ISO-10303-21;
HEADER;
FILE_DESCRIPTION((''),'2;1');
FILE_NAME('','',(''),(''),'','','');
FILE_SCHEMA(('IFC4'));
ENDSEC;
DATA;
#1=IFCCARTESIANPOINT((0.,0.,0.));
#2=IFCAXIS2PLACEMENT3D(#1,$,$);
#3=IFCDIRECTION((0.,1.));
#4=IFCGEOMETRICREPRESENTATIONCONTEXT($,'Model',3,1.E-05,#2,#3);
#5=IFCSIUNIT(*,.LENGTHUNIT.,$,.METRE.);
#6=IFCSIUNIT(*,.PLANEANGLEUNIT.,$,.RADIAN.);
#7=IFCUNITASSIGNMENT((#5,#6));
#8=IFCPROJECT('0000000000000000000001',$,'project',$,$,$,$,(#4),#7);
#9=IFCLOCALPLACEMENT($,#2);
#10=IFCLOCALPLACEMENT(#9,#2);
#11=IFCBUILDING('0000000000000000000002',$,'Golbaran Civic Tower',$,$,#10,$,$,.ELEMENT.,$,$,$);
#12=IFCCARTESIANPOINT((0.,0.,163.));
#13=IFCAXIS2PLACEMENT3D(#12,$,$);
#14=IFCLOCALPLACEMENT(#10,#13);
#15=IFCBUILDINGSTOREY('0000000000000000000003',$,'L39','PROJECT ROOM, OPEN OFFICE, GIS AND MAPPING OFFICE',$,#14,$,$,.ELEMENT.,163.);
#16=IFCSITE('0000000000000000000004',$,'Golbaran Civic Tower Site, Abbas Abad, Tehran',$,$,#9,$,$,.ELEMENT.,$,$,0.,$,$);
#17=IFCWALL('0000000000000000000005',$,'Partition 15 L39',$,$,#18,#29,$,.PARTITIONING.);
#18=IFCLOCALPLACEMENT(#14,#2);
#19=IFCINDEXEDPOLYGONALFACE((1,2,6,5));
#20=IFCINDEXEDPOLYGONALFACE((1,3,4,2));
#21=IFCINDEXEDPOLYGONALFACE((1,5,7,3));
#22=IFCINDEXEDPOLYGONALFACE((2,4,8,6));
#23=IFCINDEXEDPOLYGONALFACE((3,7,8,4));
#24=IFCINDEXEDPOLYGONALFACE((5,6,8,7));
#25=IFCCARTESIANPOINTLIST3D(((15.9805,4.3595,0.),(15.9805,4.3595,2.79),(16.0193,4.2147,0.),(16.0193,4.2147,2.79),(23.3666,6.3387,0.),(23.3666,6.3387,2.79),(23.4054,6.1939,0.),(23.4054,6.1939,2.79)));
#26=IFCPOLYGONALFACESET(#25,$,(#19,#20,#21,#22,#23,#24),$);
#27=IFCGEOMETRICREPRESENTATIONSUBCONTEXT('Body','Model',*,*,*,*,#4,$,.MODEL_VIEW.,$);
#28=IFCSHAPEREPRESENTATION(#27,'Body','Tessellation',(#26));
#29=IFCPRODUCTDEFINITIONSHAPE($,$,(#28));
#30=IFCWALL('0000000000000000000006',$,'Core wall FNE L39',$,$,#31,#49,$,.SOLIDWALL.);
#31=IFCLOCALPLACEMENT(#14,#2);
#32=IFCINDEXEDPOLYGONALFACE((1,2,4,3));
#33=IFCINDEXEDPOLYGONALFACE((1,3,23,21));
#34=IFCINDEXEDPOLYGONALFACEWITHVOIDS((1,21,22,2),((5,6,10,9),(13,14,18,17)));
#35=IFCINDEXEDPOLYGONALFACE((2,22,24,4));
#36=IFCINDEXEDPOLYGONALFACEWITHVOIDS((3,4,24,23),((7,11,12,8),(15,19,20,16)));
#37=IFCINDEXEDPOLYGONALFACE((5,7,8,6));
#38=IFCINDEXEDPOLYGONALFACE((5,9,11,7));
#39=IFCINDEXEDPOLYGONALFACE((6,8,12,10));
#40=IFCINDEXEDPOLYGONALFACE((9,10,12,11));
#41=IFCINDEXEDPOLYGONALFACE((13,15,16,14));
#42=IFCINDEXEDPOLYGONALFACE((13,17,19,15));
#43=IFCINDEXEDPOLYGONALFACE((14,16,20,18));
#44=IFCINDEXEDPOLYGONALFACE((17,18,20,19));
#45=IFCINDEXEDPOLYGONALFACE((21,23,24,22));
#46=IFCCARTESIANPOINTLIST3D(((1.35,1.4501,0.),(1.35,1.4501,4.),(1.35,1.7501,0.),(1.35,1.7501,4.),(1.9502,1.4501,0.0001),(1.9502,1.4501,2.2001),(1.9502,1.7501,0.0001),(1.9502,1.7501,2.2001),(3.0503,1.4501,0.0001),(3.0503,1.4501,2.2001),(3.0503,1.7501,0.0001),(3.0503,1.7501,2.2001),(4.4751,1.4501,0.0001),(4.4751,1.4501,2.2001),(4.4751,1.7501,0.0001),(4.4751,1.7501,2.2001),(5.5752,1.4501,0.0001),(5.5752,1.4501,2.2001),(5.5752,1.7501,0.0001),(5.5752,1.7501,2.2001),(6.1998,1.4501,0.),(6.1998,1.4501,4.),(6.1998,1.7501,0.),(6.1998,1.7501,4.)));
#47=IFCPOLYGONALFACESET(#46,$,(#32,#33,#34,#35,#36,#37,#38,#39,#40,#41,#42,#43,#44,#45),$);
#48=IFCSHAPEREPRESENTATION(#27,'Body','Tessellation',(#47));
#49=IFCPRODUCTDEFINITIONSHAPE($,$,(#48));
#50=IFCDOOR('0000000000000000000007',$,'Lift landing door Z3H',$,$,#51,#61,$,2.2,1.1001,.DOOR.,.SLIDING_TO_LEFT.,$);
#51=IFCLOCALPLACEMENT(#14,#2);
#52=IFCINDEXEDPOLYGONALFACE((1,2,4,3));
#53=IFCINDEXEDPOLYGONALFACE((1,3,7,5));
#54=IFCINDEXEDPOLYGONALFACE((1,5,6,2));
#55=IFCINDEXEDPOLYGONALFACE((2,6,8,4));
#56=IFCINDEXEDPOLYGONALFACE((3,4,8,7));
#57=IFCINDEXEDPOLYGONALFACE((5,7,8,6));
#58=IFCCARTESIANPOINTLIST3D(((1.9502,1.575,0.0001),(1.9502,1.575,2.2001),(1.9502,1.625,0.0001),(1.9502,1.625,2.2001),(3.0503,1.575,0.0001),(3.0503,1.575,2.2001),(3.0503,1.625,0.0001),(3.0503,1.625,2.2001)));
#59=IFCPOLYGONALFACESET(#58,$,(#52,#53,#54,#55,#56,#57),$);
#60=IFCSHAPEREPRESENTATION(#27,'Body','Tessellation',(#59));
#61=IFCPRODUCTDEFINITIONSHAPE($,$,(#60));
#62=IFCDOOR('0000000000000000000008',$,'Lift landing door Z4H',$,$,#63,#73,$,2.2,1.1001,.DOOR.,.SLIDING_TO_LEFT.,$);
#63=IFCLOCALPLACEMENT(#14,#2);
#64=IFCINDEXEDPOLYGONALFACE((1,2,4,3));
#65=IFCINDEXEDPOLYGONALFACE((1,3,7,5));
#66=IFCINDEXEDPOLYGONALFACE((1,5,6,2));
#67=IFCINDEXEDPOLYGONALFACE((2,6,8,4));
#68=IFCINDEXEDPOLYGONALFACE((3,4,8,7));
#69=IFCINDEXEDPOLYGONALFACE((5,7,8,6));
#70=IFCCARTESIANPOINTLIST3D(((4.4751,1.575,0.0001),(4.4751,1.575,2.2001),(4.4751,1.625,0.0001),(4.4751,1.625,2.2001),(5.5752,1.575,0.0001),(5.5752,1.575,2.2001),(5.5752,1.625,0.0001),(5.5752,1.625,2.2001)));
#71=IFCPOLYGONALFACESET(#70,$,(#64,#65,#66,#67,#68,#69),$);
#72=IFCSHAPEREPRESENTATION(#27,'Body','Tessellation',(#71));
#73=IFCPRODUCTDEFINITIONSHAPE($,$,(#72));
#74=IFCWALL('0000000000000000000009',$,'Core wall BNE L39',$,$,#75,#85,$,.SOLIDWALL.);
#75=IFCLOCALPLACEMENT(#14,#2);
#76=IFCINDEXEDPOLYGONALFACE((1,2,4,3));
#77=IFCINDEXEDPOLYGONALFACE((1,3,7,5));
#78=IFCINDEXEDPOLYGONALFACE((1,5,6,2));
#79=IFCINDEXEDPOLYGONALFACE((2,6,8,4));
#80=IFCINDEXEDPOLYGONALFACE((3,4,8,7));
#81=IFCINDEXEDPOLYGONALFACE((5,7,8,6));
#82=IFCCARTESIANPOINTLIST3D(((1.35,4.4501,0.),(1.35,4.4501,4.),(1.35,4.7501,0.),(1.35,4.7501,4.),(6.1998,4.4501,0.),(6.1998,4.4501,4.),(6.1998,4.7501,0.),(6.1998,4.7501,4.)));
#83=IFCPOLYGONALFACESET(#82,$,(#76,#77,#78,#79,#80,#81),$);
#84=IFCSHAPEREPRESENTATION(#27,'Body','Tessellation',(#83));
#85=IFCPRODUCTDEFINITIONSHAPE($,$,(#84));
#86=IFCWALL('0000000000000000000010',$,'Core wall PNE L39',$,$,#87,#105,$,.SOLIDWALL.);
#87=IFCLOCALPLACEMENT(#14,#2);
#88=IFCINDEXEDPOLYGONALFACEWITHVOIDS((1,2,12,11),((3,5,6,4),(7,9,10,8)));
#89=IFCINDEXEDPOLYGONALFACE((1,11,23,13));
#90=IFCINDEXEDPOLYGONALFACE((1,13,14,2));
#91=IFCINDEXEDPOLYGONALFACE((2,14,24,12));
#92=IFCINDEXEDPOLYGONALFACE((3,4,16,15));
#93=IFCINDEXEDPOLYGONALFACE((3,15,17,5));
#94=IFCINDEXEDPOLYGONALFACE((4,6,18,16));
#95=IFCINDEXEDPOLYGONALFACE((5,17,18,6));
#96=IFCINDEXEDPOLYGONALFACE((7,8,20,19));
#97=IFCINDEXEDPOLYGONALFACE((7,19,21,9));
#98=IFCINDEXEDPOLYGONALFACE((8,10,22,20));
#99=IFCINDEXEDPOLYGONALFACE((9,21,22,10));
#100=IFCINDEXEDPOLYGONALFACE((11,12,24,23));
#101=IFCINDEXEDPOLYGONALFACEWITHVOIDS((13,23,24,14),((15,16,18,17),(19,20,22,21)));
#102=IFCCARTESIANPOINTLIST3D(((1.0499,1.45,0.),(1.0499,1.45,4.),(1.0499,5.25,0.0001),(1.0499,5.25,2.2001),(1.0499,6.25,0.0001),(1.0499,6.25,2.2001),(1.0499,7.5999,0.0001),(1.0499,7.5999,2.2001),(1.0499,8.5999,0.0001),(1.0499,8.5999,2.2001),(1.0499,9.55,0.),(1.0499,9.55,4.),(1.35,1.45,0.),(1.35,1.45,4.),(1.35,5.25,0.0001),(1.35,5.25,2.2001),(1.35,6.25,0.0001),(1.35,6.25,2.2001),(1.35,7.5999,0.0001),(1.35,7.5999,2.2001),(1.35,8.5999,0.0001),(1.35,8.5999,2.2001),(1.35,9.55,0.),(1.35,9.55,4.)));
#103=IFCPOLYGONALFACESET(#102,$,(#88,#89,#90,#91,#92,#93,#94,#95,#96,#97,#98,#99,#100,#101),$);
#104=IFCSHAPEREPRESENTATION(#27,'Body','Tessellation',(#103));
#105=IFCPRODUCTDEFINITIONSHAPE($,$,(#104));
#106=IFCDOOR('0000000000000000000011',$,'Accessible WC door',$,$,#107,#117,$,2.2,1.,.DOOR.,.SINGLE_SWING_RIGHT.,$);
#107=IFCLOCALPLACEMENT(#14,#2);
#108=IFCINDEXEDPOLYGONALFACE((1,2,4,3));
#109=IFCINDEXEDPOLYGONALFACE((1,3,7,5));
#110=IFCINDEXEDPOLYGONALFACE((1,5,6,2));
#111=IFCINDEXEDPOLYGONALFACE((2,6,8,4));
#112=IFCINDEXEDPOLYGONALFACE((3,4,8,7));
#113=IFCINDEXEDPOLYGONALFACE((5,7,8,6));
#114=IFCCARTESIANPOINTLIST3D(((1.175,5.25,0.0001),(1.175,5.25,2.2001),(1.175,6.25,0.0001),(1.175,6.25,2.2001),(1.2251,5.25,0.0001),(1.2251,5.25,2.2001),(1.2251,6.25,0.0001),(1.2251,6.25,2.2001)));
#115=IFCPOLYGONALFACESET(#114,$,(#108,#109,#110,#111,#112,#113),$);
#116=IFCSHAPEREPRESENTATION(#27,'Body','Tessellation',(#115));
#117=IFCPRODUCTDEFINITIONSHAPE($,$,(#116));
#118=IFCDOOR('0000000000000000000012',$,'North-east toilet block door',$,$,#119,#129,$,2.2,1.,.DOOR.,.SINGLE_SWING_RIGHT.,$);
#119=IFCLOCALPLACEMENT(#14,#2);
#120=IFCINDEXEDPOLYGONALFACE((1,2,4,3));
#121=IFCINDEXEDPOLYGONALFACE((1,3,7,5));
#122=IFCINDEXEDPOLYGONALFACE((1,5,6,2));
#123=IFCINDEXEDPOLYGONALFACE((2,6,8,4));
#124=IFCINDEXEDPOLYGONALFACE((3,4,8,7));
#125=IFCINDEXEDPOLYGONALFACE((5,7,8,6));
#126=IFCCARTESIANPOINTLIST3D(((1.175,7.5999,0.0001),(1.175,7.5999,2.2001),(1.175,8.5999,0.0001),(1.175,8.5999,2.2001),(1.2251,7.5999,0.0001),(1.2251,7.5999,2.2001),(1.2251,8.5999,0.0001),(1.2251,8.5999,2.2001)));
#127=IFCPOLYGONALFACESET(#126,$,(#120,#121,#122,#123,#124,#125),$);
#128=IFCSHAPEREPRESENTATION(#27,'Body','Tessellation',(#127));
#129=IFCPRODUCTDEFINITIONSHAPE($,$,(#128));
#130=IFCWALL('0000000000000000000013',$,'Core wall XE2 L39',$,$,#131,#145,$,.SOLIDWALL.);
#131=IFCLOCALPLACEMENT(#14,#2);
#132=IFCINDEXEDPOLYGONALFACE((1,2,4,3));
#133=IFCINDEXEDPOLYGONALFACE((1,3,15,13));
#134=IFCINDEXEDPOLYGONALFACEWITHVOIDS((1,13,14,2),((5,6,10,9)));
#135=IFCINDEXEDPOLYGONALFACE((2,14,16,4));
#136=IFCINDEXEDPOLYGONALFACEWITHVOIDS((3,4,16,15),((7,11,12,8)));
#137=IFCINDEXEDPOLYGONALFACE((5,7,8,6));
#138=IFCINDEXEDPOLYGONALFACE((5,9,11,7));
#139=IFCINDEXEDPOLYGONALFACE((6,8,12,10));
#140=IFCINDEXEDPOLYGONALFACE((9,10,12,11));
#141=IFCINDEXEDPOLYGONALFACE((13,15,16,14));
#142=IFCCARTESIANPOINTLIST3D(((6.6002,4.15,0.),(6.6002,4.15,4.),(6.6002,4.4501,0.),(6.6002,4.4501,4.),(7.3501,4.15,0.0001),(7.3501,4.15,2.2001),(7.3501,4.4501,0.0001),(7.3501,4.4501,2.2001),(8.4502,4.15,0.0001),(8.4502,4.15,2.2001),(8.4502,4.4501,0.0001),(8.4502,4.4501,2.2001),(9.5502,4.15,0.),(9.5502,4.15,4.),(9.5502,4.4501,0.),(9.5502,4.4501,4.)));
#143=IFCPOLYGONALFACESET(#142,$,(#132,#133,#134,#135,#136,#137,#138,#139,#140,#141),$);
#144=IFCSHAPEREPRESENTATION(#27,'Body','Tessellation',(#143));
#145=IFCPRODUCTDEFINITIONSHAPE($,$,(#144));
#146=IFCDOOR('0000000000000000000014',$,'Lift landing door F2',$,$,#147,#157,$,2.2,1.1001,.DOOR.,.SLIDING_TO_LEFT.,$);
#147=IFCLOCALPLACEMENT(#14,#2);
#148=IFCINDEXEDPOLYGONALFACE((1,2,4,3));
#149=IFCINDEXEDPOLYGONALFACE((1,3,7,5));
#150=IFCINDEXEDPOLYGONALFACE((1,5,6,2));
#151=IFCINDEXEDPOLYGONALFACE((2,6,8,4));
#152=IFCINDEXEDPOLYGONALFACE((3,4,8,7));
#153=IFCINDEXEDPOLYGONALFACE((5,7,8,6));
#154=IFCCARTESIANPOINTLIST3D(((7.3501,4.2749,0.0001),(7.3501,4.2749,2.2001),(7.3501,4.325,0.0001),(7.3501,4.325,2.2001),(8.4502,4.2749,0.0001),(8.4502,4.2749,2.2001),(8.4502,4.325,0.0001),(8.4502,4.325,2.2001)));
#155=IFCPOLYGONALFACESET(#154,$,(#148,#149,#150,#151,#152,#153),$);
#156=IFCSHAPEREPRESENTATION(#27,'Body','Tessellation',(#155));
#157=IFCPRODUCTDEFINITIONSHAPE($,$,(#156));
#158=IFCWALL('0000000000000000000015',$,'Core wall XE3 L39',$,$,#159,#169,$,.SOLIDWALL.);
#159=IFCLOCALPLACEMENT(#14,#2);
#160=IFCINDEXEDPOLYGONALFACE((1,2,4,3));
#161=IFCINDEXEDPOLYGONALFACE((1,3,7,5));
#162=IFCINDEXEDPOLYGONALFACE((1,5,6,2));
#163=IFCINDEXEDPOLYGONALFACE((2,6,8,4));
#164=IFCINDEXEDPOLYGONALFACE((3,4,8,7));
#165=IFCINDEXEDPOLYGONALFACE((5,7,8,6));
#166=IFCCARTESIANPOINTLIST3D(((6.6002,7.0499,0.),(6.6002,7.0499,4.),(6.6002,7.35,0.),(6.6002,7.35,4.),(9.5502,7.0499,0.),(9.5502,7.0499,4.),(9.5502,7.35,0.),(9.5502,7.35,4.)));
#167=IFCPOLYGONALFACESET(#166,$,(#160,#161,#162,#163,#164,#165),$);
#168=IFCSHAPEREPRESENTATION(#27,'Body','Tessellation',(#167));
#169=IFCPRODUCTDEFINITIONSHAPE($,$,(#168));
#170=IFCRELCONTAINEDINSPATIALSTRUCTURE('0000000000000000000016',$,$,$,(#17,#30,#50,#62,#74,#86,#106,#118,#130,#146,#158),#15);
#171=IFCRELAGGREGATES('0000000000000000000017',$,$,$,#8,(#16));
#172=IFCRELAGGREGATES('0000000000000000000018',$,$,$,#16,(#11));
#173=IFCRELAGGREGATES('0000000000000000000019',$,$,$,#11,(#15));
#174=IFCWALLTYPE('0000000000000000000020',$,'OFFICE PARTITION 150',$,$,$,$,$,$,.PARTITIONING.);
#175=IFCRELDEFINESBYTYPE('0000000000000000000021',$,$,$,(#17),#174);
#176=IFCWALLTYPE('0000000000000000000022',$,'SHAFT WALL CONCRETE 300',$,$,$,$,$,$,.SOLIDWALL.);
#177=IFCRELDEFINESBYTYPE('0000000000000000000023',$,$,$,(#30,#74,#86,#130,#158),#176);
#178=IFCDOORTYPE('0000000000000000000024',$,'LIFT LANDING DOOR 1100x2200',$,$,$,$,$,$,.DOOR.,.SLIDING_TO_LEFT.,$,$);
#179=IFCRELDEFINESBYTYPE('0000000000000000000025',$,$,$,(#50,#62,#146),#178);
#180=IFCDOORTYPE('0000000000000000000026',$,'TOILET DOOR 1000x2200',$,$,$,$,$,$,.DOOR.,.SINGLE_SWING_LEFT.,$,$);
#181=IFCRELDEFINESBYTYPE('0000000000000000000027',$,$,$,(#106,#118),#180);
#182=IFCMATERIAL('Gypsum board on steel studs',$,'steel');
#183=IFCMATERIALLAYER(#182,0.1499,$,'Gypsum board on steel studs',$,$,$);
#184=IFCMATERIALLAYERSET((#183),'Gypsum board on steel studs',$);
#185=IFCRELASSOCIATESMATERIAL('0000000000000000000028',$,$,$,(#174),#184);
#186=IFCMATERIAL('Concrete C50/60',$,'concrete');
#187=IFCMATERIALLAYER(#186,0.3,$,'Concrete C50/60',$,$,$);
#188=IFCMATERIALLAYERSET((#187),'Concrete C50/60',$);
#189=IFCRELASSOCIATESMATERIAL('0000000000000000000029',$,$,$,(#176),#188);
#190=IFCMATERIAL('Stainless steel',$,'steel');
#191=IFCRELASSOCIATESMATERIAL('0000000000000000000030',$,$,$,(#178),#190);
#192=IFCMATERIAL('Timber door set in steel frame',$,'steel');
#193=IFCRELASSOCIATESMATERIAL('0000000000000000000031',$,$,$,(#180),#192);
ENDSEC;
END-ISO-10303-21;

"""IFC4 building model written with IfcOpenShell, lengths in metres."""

from ifc_helpers import new_model, si_unit, direction, frame, frame_2d, origin, place, context, subcontext, project, spatial, rectangle, extrude, material, layer, layer_set, type_object, element, fill, save


model = new_model("IFC4")

# Units and contexts
model_context = context("Model", 3, precision=1e-05, world=origin(), true_north=direction((0.0, 1.0)))
body_context = subcontext(model_context, "Body", "Model", "MODEL_VIEW")
ifc_project = project(units=[si_unit("LENGTHUNIT", "METRE"), si_unit("PLANEANGLEUNIT", "RADIAN")], contexts=[model_context])

# Site, building, storey
site_placement = place(None, origin())
site = spatial("IfcSite", under=ifc_project, at=site_placement, Name="Golbaran Civic Tower Site, Abbas Abad, Tehran", CompositionType="ELEMENT", RefElevation=0.0)
building_placement = place(site_placement, origin())
building = spatial("IfcBuilding", under=site, at=building_placement, Name="Golbaran Civic Tower", CompositionType="ELEMENT")
storey_placement = place(building_placement, frame((0.0, 0.0, 163.0)))
storey = spatial("IfcBuildingStorey", under=building, at=storey_placement, Name="L39", Description="PROJECT ROOM, OPEN OFFICE, GIS AND MAPPING OFFICE", CompositionType="ELEMENT", Elevation=163.0)

# Shared definitions
ifc_material_1 = material(Name="Concrete C50/60", Category="concrete")
ifc_material_2 = material(Name="Timber door set in steel frame", Category="steel")

# Wall
ifc_material_3 = material(Name="Gypsum board on steel studs", Category="steel")
ifc_layer_1 = layer(ifc_material_3, 0.1499, Name="Gypsum board on steel studs")
ifc_layer_set_1 = layer_set([ifc_layer_1], Name="Gypsum board on steel studs")
wall_type_1 = type_object("IfcWallType", Name="OFFICE PARTITION 150", PredefinedType="PARTITIONING", material=ifc_layer_set_1)
wall_1_placement = place(storey_placement, frame((16.0, 4.2871, 0.0), z_axis=(0.0, 0.0, 1.0), x_axis=(0.965922, 0.258833, 0.0)))
element("IfcWall", 1, at=wall_1_placement, inside=storey, type_object=wall_type_1, Name="Partition 15 L39", PredefinedType="PARTITIONING", context=body_context, shape_type="SweptSolid", body=[
    extrude(rectangle(XDim=7.6467, YDim=0.1499, at=frame_2d((3.8232, 0.0))), origin(), (0.0, 0.0, 1.0), 2.79),
])

# Wall, openings, doors
ifc_layer_2 = layer(ifc_material_1, 0.3, Name="Concrete C50/60")
ifc_layer_set_2 = layer_set([ifc_layer_2], Name="Concrete C50/60")
wall_type_2 = type_object("IfcWallType", Name="SHAFT WALL CONCRETE 300", PredefinedType="SOLIDWALL", material=ifc_layer_set_2)
wall_2_placement = place(storey_placement, frame((1.3501, 1.6001, 0.0), z_axis=(0.0, 0.0, 1.0), x_axis=(1.0, 0.0, 0.0)))
wall_2 = element("IfcWall", 2, at=wall_2_placement, inside=storey, type_object=wall_type_2, Name="Core wall FNE L39", PredefinedType="SOLIDWALL", context=body_context, shape_type="SweptSolid", body=[
    extrude(rectangle(XDim=4.8499, YDim=0.3, at=frame_2d((2.4248, 0.0))), origin(), (0.0, 0.0, 1.0), 4.0),
])
opening_1_placement = place(wall_2_placement, frame((0.6001, 0.0, 0.0)))
opening_1 = element("IfcOpeningElement", 3, at=opening_1_placement, cuts=wall_2, PredefinedType="OPENING", context=body_context, shape_type="SweptSolid", body=[
    extrude(rectangle(XDim=1.1001, YDim=2.2, at=frame_2d((0.55, 1.1001))), frame((0.0, 0.1599, 0.0), z_axis=(0.0, -1.0, 0.0), x_axis=(1.0, 0.0, 0.0)), (0.0, 0.0, 1.0), 0.3201),
])
opening_2_placement = place(wall_2_placement, frame((3.125, 0.0, 0.0)))
opening_2 = element("IfcOpeningElement", 4, at=opening_2_placement, cuts=wall_2, PredefinedType="OPENING", context=body_context, shape_type="SweptSolid", body=[
    extrude(rectangle(XDim=1.1001, YDim=2.2, at=frame_2d((0.55, 1.1001))), frame((0.0, 0.1599, 0.0), z_axis=(0.0, -1.0, 0.0), x_axis=(1.0, 0.0, 0.0)), (0.0, 0.0, 1.0), 0.3201),
])
ifc_material_4 = material(Name="Stainless steel", Category="steel")
door_type_1 = type_object("IfcDoorType", Name="LIFT LANDING DOOR 1100x2200", OperationType="SLIDING_TO_LEFT", PredefinedType="DOOR", material=ifc_material_4)
door_1_placement = place(opening_1_placement, origin())
door_1 = element("IfcDoor", 5, at=door_1_placement, inside=storey, type_object=door_type_1, Name="Lift landing door Z3H", OperationType="SLIDING_TO_LEFT", OverallHeight=2.2, OverallWidth=1.1001, PredefinedType="DOOR", context=body_context, shape_type="SweptSolid", body=[
    extrude(rectangle(XDim=1.1001, YDim=2.2, at=frame_2d((0.55, 1.1001))), frame((0.0, 0.0249, 0.0), z_axis=(0.0, -1.0, 0.0), x_axis=(1.0, 0.0, 0.0)), (0.0, 0.0, 1.0), 0.05),
])
fill(opening_1, door_1)
door_2_placement = place(opening_2_placement, origin())
door_2 = element("IfcDoor", 6, at=door_2_placement, inside=storey, type_object=door_type_1, Name="Lift landing door Z4H", OperationType="SLIDING_TO_LEFT", OverallHeight=2.2, OverallWidth=1.1001, PredefinedType="DOOR", context=body_context, shape_type="SweptSolid", body=[
    extrude(rectangle(XDim=1.1001, YDim=2.2, at=frame_2d((0.55, 1.1001))), frame((0.0, 0.0249, 0.0), z_axis=(0.0, -1.0, 0.0), x_axis=(1.0, 0.0, 0.0)), (0.0, 0.0, 1.0), 0.05),
])
fill(opening_2, door_2)

# Wall
wall_3_placement = place(storey_placement, frame((1.3501, 4.6001, 0.0), z_axis=(0.0, 0.0, 1.0), x_axis=(1.0, 0.0, 0.0)))
element("IfcWall", 7, at=wall_3_placement, inside=storey, type_object=wall_type_2, Name="Core wall BNE L39", PredefinedType="SOLIDWALL", context=body_context, shape_type="SweptSolid", body=[
    extrude(rectangle(XDim=4.8499, YDim=0.3, at=frame_2d((2.4248, 0.0))), origin(), (0.0, 0.0, 1.0), 4.0),
])

# Wall, openings, doors
wall_4_placement = place(storey_placement, frame((1.2, 1.45, 0.0), z_axis=(0.0, 0.0, 1.0), x_axis=(0.0, 1.0, 0.0)))
wall_4 = element("IfcWall", 8, at=wall_4_placement, inside=storey, type_object=wall_type_2, Name="Core wall PNE L39", PredefinedType="SOLIDWALL", context=body_context, shape_type="SweptSolid", body=[
    extrude(rectangle(XDim=8.1001, YDim=0.3, at=frame_2d((4.05, 0.0))), origin(), (0.0, 0.0, 1.0), 4.0),
])
opening_3_placement = place(wall_4_placement, frame((3.8, 0.0, 0.0)))
opening_3 = element("IfcOpeningElement", 9, at=opening_3_placement, cuts=wall_4, PredefinedType="OPENING", context=body_context, shape_type="SweptSolid", body=[
    extrude(rectangle(XDim=1.0, YDim=2.2, at=frame_2d((0.5, 1.1001))), frame((0.0, 0.1599, 0.0), z_axis=(0.0, -1.0, 0.0), x_axis=(1.0, 0.0, 0.0)), (0.0, 0.0, 1.0), 0.3201),
])
opening_4_placement = place(wall_4_placement, frame((6.1499, 0.0, 0.0)))
opening_4 = element("IfcOpeningElement", 10, at=opening_4_placement, cuts=wall_4, PredefinedType="OPENING", context=body_context, shape_type="SweptSolid", body=[
    extrude(rectangle(XDim=1.0, YDim=2.2, at=frame_2d((0.5, 1.1001))), frame((0.0, 0.1599, 0.0), z_axis=(0.0, -1.0, 0.0), x_axis=(1.0, 0.0, 0.0)), (0.0, 0.0, 1.0), 0.3201),
])
door_type_2 = type_object("IfcDoorType", Name="TOILET DOOR 1000x2200", OperationType="SINGLE_SWING_LEFT", PredefinedType="DOOR", material=ifc_material_2)
door_3_placement = place(opening_3_placement, origin())
door_3 = element("IfcDoor", 11, at=door_3_placement, inside=storey, type_object=door_type_2, Name="Accessible WC door", OperationType="SINGLE_SWING_RIGHT", OverallHeight=2.2, OverallWidth=1.0, PredefinedType="DOOR", context=body_context, shape_type="SweptSolid", body=[
    extrude(rectangle(XDim=1.0, YDim=2.2, at=frame_2d((0.5, 1.1001))), frame((0.0, 0.0249, 0.0), z_axis=(0.0, -1.0, 0.0), x_axis=(1.0, 0.0, 0.0)), (0.0, 0.0, 1.0), 0.05),
])
fill(opening_3, door_3)
door_4_placement = place(opening_4_placement, origin())
door_4 = element("IfcDoor", 12, at=door_4_placement, inside=storey, type_object=door_type_2, Name="North-east toilet block door", OperationType="SINGLE_SWING_RIGHT", OverallHeight=2.2, OverallWidth=1.0, PredefinedType="DOOR", context=body_context, shape_type="SweptSolid", body=[
    extrude(rectangle(XDim=1.0, YDim=2.2, at=frame_2d((0.5, 1.1001))), frame((0.0, 0.0249, 0.0), z_axis=(0.0, -1.0, 0.0), x_axis=(1.0, 0.0, 0.0)), (0.0, 0.0, 1.0), 0.05),
])
fill(opening_4, door_4)

# Wall, opening, door
wall_5_placement = place(storey_placement, frame((6.6001, 4.3, 0.0), z_axis=(0.0, 0.0, 1.0), x_axis=(1.0, 0.0, 0.0)))
wall_5 = element("IfcWall", 13, at=wall_5_placement, inside=storey, type_object=wall_type_2, Name="Core wall XE2 L39", PredefinedType="SOLIDWALL", context=body_context, shape_type="SweptSolid", body=[
    extrude(rectangle(XDim=2.95, YDim=0.3, at=frame_2d((1.4751, 0.0))), origin(), (0.0, 0.0, 1.0), 4.0),
])
opening_5_placement = place(wall_5_placement, frame((0.75, 0.0, 0.0)))
opening_5 = element("IfcOpeningElement", 14, at=opening_5_placement, cuts=wall_5, PredefinedType="OPENING", context=body_context, shape_type="SweptSolid", body=[
    extrude(rectangle(XDim=1.1001, YDim=2.2, at=frame_2d((0.55, 1.1001))), frame((0.0, 0.1599, 0.0), z_axis=(0.0, -1.0, 0.0), x_axis=(1.0, 0.0, 0.0)), (0.0, 0.0, 1.0), 0.3201),
])
door_5_placement = place(opening_5_placement, origin())
door_5 = element("IfcDoor", 15, at=door_5_placement, inside=storey, type_object=door_type_1, Name="Lift landing door F2", OperationType="SLIDING_TO_LEFT", OverallHeight=2.2, OverallWidth=1.1001, PredefinedType="DOOR", context=body_context, shape_type="SweptSolid", body=[
    extrude(rectangle(XDim=1.1001, YDim=2.2, at=frame_2d((0.55, 1.1001))), frame((0.0, 0.0249, 0.0), z_axis=(0.0, -1.0, 0.0), x_axis=(1.0, 0.0, 0.0)), (0.0, 0.0, 1.0), 0.05),
])
fill(opening_5, door_5)

# Wall
wall_6_placement = place(storey_placement, frame((6.6001, 7.2, 0.0), z_axis=(0.0, 0.0, 1.0), x_axis=(1.0, 0.0, 0.0)))
element("IfcWall", 16, at=wall_6_placement, inside=storey, type_object=wall_type_2, Name="Core wall XE3 L39", PredefinedType="SOLIDWALL", context=body_context, shape_type="SweptSolid", body=[
    extrude(rectangle(XDim=2.95, YDim=0.3, at=frame_2d((1.4751, 0.0))), origin(), (0.0, 0.0, 1.0), 4.0),
])

save(model, "model.ifc")
